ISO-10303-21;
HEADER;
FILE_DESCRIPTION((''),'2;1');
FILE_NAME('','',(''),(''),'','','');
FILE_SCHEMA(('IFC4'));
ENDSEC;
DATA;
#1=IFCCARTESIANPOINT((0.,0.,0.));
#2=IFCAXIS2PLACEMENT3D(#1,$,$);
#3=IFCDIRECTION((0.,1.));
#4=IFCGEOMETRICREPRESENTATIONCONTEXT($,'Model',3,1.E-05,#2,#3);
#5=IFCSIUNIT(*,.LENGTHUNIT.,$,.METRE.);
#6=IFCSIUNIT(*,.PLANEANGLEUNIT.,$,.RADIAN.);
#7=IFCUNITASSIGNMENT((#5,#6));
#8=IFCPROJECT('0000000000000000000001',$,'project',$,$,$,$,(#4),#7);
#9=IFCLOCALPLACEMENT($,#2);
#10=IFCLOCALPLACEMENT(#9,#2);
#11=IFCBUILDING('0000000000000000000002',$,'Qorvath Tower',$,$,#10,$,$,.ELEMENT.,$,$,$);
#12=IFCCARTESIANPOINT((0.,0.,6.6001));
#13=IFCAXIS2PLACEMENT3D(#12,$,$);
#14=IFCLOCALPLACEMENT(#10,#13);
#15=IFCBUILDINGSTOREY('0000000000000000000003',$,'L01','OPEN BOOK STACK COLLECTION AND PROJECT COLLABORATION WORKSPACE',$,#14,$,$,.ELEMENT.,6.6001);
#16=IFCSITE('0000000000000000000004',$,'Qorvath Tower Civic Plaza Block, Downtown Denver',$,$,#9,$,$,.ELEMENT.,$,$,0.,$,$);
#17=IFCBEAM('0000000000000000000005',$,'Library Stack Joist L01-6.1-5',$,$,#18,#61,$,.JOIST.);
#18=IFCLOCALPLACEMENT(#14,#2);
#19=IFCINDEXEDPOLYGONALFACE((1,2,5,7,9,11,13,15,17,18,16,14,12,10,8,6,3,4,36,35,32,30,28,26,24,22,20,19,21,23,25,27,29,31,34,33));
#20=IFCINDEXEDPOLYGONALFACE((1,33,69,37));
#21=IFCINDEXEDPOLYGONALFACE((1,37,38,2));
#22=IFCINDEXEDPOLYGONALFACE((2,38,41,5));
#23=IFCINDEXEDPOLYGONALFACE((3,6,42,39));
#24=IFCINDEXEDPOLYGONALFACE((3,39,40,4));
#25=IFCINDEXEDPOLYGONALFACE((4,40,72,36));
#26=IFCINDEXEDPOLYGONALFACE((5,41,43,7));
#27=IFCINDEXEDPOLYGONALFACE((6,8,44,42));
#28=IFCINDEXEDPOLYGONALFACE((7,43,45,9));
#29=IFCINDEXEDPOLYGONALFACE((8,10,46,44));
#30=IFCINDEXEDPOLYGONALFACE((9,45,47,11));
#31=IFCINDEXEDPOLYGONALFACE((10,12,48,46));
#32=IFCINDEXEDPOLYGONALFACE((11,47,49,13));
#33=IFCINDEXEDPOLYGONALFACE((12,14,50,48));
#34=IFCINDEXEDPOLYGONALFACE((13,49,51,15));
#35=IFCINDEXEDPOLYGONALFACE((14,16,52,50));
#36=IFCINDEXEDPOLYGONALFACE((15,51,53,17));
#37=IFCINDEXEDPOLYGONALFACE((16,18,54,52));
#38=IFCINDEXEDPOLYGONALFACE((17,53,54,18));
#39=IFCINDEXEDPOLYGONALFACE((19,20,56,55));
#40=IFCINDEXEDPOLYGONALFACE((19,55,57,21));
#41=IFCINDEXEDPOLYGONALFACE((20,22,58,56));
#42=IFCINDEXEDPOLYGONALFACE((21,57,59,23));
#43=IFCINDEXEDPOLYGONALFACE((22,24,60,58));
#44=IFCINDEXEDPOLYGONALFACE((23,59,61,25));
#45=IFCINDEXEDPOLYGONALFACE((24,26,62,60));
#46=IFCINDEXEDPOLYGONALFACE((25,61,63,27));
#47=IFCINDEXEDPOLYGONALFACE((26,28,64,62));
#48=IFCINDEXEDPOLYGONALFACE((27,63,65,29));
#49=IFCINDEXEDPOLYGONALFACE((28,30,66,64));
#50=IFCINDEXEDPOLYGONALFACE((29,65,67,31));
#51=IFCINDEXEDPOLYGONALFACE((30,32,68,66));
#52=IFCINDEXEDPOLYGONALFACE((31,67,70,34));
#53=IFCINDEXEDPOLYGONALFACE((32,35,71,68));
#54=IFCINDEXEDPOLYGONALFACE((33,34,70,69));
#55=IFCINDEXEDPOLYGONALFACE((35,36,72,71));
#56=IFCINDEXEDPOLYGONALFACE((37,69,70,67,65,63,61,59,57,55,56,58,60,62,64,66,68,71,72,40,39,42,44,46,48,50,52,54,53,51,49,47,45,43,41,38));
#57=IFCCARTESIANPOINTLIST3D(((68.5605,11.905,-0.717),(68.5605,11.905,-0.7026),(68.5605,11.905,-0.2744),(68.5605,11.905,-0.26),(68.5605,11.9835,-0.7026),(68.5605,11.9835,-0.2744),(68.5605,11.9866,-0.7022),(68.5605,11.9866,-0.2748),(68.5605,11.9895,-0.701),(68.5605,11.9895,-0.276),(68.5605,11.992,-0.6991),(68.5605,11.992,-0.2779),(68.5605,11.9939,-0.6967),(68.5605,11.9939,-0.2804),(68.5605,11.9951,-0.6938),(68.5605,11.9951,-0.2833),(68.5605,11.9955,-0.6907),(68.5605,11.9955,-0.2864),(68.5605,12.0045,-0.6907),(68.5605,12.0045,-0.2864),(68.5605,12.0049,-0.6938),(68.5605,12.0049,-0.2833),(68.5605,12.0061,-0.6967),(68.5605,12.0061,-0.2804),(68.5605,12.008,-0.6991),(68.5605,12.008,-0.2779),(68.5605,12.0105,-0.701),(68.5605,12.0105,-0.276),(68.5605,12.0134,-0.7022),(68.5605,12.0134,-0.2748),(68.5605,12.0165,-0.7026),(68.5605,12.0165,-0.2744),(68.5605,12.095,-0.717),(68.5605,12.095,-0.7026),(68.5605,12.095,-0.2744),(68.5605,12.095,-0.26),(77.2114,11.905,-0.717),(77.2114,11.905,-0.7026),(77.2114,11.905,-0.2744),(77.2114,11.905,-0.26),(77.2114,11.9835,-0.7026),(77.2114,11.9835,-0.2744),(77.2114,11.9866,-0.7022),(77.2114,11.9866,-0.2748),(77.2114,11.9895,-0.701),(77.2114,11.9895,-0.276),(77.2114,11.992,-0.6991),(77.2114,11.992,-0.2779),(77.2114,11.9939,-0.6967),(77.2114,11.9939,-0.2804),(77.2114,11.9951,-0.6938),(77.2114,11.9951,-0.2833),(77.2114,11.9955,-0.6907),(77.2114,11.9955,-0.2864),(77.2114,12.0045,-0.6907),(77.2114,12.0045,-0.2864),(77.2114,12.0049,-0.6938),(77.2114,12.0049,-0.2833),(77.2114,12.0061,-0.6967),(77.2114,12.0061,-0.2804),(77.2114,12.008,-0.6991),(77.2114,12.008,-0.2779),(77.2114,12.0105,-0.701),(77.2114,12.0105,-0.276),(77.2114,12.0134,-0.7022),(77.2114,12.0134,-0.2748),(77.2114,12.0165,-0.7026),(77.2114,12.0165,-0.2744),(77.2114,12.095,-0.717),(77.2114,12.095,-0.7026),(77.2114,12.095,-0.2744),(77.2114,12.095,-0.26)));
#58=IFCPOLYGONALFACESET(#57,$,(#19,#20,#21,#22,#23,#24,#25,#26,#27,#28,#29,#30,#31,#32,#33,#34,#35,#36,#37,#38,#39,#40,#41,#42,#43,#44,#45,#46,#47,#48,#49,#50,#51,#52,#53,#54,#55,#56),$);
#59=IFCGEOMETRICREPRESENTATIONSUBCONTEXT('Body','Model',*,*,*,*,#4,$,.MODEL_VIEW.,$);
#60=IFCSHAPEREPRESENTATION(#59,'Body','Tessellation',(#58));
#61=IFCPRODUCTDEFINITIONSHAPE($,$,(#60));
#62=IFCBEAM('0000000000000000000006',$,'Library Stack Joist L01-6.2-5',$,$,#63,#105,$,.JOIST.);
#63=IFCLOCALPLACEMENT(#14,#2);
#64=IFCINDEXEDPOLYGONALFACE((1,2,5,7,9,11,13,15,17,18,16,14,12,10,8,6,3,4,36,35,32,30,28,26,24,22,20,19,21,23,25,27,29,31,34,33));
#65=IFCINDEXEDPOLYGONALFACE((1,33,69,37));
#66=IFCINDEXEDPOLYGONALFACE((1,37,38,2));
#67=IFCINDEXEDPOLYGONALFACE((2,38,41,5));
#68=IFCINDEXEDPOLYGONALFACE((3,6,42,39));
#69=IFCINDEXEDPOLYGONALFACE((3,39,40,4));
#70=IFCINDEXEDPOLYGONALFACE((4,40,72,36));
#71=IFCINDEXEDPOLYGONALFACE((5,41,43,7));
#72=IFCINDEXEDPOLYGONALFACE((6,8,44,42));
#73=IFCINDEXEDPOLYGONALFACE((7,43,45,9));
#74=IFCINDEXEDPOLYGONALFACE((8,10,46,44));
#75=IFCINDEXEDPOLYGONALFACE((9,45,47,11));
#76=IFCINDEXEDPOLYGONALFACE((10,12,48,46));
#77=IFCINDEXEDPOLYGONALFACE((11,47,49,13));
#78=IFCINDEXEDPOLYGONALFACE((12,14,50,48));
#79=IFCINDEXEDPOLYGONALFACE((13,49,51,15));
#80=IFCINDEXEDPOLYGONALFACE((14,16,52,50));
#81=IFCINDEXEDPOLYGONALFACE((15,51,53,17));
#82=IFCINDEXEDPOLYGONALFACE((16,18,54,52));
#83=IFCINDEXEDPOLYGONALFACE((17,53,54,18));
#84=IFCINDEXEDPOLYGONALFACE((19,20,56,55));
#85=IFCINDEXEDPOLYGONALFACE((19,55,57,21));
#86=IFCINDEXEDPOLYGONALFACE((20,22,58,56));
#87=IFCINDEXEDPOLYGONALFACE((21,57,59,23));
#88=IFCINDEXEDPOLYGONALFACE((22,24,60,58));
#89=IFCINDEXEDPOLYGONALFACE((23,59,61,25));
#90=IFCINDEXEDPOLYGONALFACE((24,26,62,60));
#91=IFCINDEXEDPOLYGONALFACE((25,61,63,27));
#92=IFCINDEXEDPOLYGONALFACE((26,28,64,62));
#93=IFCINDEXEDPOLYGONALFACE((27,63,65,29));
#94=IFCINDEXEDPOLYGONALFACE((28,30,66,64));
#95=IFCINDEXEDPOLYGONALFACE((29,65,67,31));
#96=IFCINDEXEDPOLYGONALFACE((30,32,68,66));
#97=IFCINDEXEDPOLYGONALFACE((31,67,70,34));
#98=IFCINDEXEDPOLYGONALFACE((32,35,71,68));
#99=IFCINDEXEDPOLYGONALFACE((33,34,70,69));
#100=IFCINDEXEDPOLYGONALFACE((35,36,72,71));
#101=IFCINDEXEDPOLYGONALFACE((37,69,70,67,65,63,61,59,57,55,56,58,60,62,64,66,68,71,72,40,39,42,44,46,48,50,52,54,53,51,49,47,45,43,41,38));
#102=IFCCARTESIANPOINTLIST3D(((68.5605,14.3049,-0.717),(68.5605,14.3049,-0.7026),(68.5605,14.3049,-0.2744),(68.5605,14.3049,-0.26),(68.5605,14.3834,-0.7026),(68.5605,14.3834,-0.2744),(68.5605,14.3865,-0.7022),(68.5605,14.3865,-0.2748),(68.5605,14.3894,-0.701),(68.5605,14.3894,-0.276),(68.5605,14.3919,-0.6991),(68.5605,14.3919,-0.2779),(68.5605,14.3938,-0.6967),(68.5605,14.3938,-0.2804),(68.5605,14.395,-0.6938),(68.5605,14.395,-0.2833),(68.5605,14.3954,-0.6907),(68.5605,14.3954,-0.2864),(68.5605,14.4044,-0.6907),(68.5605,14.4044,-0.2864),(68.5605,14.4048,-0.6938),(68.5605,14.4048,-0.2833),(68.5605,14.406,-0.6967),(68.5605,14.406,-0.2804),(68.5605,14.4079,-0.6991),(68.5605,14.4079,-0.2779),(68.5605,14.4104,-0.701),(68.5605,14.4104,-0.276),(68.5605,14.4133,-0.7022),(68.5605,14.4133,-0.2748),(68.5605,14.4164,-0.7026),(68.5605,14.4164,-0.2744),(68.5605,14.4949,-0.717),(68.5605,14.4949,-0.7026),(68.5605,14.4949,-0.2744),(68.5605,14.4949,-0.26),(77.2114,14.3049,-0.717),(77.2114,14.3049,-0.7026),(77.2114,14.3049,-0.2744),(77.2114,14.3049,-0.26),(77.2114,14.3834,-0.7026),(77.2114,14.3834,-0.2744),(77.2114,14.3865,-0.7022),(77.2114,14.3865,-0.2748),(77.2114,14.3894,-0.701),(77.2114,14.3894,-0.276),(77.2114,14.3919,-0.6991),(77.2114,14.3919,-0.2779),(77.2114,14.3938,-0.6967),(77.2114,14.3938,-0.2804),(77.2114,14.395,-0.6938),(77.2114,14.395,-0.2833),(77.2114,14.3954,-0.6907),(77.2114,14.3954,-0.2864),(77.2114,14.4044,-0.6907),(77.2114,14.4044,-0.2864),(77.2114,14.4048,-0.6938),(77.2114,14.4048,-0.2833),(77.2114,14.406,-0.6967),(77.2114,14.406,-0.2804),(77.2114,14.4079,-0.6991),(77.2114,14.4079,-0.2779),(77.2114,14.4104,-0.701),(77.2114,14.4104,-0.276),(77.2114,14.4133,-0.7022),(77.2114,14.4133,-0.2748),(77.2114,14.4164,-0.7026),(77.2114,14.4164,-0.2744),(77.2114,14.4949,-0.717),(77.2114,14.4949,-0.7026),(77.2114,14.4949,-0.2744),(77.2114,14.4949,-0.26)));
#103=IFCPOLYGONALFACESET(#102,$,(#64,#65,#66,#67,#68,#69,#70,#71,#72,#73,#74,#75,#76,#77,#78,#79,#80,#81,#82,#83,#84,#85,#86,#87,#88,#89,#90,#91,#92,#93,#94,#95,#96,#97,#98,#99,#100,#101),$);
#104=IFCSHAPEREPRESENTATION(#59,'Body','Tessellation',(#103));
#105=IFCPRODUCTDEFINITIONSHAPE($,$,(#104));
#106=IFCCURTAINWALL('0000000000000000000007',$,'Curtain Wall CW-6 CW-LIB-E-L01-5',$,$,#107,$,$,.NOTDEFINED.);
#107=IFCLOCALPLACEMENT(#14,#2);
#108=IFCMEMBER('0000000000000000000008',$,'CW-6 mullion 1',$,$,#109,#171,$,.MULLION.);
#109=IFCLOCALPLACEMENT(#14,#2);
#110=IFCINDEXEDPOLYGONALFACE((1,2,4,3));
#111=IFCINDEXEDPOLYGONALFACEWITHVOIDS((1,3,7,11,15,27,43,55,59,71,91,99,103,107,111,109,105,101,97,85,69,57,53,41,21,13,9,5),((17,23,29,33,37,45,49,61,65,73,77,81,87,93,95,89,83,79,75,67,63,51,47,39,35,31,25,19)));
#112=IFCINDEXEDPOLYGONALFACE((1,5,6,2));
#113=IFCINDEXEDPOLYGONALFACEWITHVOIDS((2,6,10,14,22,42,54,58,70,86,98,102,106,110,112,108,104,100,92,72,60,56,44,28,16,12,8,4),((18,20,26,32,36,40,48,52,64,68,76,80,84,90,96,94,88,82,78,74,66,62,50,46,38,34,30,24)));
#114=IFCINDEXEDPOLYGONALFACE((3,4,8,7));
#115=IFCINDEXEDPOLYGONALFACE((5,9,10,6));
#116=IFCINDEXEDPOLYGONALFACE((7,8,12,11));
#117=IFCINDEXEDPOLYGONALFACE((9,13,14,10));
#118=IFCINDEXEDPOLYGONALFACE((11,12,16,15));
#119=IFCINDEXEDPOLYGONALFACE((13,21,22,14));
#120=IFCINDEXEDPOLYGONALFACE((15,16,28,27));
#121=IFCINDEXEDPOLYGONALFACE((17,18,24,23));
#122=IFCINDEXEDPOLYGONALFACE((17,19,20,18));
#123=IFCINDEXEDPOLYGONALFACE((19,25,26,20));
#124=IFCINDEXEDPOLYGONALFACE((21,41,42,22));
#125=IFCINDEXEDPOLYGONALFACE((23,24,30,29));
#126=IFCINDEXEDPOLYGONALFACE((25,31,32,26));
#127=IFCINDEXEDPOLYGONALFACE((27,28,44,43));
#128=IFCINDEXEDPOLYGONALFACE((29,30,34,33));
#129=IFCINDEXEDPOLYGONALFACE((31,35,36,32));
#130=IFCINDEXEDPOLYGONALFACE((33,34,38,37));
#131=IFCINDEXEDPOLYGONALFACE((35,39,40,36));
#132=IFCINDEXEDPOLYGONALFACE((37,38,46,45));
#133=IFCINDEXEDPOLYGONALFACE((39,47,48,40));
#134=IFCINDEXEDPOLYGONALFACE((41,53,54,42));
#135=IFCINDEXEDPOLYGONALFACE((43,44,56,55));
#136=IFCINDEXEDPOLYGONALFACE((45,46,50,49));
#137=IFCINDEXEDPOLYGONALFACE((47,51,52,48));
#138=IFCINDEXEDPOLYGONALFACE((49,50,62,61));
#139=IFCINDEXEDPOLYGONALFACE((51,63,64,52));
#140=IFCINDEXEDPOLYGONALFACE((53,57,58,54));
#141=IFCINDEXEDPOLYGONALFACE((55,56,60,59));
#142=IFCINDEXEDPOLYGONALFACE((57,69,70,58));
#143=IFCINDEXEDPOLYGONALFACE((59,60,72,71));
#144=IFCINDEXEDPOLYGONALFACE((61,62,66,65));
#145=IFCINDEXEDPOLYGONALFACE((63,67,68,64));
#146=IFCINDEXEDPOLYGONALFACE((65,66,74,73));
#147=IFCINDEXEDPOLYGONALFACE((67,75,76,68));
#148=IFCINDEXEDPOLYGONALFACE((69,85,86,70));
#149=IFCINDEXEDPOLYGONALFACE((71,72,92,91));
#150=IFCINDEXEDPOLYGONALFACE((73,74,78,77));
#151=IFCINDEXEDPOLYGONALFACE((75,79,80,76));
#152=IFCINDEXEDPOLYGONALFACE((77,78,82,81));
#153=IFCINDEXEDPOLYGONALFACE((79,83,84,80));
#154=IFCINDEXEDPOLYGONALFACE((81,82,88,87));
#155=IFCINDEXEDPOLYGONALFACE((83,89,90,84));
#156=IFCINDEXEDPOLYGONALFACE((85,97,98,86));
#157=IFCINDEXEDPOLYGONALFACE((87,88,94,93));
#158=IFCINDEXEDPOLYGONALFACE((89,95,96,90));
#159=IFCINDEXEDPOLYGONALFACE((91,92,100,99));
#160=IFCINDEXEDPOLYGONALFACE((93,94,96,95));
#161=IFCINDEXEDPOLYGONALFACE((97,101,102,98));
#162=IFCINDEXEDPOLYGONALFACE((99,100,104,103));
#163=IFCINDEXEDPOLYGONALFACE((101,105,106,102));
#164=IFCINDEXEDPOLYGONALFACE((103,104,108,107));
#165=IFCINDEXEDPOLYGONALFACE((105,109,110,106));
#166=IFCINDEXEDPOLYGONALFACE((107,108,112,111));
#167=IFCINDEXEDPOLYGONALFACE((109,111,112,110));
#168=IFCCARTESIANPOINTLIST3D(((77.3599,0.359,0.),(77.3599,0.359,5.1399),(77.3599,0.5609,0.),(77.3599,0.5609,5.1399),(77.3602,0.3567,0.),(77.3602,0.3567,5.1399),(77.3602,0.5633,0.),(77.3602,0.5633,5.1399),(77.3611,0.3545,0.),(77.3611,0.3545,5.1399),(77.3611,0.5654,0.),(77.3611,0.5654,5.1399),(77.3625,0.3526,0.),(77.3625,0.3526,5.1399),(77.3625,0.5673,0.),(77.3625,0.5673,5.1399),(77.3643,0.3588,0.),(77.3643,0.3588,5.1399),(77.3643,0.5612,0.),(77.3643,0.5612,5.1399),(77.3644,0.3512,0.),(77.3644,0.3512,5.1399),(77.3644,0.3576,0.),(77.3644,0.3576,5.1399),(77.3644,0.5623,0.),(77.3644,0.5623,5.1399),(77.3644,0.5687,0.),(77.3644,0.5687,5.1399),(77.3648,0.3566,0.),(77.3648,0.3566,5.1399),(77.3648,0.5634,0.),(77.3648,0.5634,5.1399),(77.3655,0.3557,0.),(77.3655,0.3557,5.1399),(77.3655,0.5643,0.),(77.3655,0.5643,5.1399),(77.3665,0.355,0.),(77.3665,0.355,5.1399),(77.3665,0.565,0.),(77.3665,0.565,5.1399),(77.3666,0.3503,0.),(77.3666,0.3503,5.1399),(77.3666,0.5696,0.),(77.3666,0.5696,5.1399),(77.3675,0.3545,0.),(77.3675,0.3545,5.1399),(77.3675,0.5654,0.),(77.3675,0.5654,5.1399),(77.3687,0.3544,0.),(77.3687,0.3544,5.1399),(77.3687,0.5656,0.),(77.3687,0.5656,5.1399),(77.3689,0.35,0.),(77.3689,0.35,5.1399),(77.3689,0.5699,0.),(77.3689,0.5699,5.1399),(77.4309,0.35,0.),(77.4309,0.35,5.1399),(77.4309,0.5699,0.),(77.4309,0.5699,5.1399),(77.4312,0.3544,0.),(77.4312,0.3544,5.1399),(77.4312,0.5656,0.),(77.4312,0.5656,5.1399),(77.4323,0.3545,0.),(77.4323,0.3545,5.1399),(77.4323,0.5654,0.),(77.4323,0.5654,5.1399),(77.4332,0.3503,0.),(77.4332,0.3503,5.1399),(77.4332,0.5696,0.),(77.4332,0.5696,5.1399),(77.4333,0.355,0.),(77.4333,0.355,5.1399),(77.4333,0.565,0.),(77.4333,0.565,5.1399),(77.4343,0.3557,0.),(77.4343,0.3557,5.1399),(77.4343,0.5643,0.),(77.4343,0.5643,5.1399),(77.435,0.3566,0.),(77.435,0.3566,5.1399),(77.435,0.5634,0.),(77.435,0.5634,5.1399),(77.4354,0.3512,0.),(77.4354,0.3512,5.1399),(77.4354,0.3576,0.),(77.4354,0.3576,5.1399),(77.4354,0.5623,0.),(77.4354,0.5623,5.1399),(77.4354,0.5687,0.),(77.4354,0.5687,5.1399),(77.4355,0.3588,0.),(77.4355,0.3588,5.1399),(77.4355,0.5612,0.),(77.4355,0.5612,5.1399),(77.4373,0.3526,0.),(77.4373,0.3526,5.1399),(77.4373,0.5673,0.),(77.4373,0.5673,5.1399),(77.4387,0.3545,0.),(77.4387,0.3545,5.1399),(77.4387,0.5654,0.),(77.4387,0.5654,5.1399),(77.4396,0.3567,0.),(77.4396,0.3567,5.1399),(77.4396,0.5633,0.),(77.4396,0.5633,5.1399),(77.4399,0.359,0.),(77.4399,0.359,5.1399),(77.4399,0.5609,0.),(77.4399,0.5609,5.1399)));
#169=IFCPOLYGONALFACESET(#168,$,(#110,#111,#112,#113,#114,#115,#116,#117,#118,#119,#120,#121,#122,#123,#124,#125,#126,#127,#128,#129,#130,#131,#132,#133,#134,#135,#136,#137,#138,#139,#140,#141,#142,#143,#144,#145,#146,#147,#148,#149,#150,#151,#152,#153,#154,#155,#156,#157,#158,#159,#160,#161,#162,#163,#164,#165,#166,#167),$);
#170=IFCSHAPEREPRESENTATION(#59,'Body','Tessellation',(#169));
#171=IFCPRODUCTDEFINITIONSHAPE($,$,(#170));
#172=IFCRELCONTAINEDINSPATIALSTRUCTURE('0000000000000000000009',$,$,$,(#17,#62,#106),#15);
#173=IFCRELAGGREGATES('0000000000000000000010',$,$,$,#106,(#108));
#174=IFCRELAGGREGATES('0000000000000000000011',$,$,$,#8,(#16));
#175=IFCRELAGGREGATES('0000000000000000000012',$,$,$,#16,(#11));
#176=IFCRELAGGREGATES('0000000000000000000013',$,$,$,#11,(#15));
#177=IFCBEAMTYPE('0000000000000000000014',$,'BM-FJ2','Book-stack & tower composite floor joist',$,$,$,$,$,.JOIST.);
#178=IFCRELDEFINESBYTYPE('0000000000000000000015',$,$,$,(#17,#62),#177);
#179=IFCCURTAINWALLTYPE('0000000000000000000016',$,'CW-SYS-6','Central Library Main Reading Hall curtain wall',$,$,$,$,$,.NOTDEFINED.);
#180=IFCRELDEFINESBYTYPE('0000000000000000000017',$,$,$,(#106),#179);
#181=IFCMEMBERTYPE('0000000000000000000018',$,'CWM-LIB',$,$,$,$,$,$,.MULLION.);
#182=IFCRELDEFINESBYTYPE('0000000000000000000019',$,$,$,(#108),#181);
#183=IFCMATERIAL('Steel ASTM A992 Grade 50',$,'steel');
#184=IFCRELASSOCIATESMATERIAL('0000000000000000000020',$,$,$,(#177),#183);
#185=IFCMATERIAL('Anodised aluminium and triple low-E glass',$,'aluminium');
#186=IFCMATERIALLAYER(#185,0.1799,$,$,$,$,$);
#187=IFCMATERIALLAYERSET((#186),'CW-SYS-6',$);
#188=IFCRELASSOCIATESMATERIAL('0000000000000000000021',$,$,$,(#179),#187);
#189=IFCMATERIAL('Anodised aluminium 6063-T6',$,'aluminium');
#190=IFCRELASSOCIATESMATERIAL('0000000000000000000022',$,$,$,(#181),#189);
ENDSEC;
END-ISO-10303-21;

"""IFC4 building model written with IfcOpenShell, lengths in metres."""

from ifc_helpers import new_model, si_unit, direction, frame, origin, origin_2d, place, context, subcontext, project, spatial, hollow_rectangle, i_section, extrude, material, layer, layer_set, material_profile, profile_set, type_object, element, aggregate, save


model = new_model("IFC4")

# Units and contexts
model_context = context("Model", 3, precision=1e-05, world=origin(), true_north=direction((0.0, 1.0)))
body_context = subcontext(model_context, "Body", "Model", "MODEL_VIEW")
ifc_project = project(units=[si_unit("LENGTHUNIT", "METRE"), si_unit("PLANEANGLEUNIT", "RADIAN")], contexts=[model_context])

# Site, building, storey
site_placement = place(None, origin())
site = spatial("IfcSite", under=ifc_project, at=site_placement, Name="Qorvath Tower Civic Plaza Block, Downtown Denver", CompositionType="ELEMENT", RefElevation=0.0)
building_placement = place(site_placement, origin())
building = spatial("IfcBuilding", under=site, at=building_placement, Name="Qorvath Tower", CompositionType="ELEMENT")
storey_placement = place(building_placement, frame((0.0, 0.0, 6.6001)))
storey = spatial("IfcBuildingStorey", under=building, at=storey_placement, Name="L01", Description="OPEN BOOK STACK COLLECTION AND PROJECT COLLABORATION WORKSPACE", CompositionType="ELEMENT", Elevation=6.6001)

# Beams
ifc_material_1 = material(Name="Steel ASTM A992 Grade 50", Category="steel")
ifc_material_profile_1 = material_profile(ifc_material_1, i_section(OverallWidth=0.1899, OverallDepth=0.457, WebThickness=0.009, FlangeThickness=0.0144, FilletRadius=0.012, at=origin_2d()), Name="W18x50")
ifc_profile_set_1 = profile_set([ifc_material_profile_1], Name="Steel ASTM A992 Grade 50")
beam_type_1 = type_object("IfcBeamType", Name="BM-FJ2", Description="Book-stack & tower composite floor joist", PredefinedType="JOIST", material=ifc_profile_set_1)
for number, where, z_axis, x_axis, name in (
    (1, (68.5605, 12.0, -0.4885), (1.0, 0.0, 0.0), (0.0, 1.0, 0.0), "Library Stack Joist L01-6.1-5"),
    (2, (68.5605, 14.3999, -0.4885), (1.0, 0.0, 0.0), (0.0, 1.0, 0.0), "Library Stack Joist L01-6.2-5"),
):
    element("IfcBeam", number, at=place(storey_placement, frame(where, z_axis=z_axis, x_axis=x_axis)), inside=storey, type_object=beam_type_1, Name=name, PredefinedType="JOIST", context=body_context, shape_type="SweptSolid", body=[
        extrude(i_section(OverallWidth=0.1899, OverallDepth=0.457, WebThickness=0.009, FlangeThickness=0.0144, FilletRadius=0.012, at=origin_2d()), origin(), (0.0, 0.0, 1.0), 8.6509),
    ])

# Curtain wall, member
ifc_material_2 = material(Name="Anodised aluminium and triple low-E glass", Category="aluminium")
ifc_layer_1 = layer(ifc_material_2, 0.1799)
ifc_layer_set_1 = layer_set([ifc_layer_1], Name="CW-SYS-6")
curtain_wall_type = type_object("IfcCurtainWallType", Name="CW-SYS-6", Description="Central Library Main Reading Hall curtain wall", PredefinedType="NOTDEFINED", material=ifc_layer_set_1)
curtain_wall_1_placement = place(storey_placement, origin())
curtain_wall_1 = element("IfcCurtainWall", 3, at=curtain_wall_1_placement, inside=storey, type_object=curtain_wall_type, Name="Curtain Wall CW-6 CW-LIB-E-L01-5", PredefinedType="NOTDEFINED")
ifc_material_3 = material(Name="Anodised aluminium 6063-T6", Category="aluminium")
ifc_material_profile_2 = material_profile(ifc_material_3, hollow_rectangle(XDim=0.0801, YDim=0.22, WallThickness=0.0044, InnerFilletRadius=0.0044, OuterFilletRadius=0.009, at=origin_2d()), Name="CWM LIB 220x80")
ifc_profile_set_2 = profile_set([ifc_material_profile_2], Name="Anodised aluminium 6063-T6")
member_type_1 = type_object("IfcMemberType", Name="CWM-LIB", PredefinedType="MULLION", material=ifc_profile_set_2)
member_1_placement = place(storey_placement, frame((77.3999, 0.46, 0.0), z_axis=(0.0, 0.0, 1.0), x_axis=(-1.0, 0.0, 0.0)))
member_1 = element("IfcMember", 4, at=member_1_placement, type_object=member_type_1, Name="CW-6 mullion 1", PredefinedType="MULLION", context=body_context, shape_type="SweptSolid", body=[
    extrude(hollow_rectangle(XDim=0.0801, YDim=0.22, WallThickness=0.0044, InnerFilletRadius=0.0044, OuterFilletRadius=0.009, at=origin_2d()), origin(), (0.0, 0.0, 1.0), 5.1399),
])

aggregate(curtain_wall_1, [member_1])

save(model, "model.ifc")
